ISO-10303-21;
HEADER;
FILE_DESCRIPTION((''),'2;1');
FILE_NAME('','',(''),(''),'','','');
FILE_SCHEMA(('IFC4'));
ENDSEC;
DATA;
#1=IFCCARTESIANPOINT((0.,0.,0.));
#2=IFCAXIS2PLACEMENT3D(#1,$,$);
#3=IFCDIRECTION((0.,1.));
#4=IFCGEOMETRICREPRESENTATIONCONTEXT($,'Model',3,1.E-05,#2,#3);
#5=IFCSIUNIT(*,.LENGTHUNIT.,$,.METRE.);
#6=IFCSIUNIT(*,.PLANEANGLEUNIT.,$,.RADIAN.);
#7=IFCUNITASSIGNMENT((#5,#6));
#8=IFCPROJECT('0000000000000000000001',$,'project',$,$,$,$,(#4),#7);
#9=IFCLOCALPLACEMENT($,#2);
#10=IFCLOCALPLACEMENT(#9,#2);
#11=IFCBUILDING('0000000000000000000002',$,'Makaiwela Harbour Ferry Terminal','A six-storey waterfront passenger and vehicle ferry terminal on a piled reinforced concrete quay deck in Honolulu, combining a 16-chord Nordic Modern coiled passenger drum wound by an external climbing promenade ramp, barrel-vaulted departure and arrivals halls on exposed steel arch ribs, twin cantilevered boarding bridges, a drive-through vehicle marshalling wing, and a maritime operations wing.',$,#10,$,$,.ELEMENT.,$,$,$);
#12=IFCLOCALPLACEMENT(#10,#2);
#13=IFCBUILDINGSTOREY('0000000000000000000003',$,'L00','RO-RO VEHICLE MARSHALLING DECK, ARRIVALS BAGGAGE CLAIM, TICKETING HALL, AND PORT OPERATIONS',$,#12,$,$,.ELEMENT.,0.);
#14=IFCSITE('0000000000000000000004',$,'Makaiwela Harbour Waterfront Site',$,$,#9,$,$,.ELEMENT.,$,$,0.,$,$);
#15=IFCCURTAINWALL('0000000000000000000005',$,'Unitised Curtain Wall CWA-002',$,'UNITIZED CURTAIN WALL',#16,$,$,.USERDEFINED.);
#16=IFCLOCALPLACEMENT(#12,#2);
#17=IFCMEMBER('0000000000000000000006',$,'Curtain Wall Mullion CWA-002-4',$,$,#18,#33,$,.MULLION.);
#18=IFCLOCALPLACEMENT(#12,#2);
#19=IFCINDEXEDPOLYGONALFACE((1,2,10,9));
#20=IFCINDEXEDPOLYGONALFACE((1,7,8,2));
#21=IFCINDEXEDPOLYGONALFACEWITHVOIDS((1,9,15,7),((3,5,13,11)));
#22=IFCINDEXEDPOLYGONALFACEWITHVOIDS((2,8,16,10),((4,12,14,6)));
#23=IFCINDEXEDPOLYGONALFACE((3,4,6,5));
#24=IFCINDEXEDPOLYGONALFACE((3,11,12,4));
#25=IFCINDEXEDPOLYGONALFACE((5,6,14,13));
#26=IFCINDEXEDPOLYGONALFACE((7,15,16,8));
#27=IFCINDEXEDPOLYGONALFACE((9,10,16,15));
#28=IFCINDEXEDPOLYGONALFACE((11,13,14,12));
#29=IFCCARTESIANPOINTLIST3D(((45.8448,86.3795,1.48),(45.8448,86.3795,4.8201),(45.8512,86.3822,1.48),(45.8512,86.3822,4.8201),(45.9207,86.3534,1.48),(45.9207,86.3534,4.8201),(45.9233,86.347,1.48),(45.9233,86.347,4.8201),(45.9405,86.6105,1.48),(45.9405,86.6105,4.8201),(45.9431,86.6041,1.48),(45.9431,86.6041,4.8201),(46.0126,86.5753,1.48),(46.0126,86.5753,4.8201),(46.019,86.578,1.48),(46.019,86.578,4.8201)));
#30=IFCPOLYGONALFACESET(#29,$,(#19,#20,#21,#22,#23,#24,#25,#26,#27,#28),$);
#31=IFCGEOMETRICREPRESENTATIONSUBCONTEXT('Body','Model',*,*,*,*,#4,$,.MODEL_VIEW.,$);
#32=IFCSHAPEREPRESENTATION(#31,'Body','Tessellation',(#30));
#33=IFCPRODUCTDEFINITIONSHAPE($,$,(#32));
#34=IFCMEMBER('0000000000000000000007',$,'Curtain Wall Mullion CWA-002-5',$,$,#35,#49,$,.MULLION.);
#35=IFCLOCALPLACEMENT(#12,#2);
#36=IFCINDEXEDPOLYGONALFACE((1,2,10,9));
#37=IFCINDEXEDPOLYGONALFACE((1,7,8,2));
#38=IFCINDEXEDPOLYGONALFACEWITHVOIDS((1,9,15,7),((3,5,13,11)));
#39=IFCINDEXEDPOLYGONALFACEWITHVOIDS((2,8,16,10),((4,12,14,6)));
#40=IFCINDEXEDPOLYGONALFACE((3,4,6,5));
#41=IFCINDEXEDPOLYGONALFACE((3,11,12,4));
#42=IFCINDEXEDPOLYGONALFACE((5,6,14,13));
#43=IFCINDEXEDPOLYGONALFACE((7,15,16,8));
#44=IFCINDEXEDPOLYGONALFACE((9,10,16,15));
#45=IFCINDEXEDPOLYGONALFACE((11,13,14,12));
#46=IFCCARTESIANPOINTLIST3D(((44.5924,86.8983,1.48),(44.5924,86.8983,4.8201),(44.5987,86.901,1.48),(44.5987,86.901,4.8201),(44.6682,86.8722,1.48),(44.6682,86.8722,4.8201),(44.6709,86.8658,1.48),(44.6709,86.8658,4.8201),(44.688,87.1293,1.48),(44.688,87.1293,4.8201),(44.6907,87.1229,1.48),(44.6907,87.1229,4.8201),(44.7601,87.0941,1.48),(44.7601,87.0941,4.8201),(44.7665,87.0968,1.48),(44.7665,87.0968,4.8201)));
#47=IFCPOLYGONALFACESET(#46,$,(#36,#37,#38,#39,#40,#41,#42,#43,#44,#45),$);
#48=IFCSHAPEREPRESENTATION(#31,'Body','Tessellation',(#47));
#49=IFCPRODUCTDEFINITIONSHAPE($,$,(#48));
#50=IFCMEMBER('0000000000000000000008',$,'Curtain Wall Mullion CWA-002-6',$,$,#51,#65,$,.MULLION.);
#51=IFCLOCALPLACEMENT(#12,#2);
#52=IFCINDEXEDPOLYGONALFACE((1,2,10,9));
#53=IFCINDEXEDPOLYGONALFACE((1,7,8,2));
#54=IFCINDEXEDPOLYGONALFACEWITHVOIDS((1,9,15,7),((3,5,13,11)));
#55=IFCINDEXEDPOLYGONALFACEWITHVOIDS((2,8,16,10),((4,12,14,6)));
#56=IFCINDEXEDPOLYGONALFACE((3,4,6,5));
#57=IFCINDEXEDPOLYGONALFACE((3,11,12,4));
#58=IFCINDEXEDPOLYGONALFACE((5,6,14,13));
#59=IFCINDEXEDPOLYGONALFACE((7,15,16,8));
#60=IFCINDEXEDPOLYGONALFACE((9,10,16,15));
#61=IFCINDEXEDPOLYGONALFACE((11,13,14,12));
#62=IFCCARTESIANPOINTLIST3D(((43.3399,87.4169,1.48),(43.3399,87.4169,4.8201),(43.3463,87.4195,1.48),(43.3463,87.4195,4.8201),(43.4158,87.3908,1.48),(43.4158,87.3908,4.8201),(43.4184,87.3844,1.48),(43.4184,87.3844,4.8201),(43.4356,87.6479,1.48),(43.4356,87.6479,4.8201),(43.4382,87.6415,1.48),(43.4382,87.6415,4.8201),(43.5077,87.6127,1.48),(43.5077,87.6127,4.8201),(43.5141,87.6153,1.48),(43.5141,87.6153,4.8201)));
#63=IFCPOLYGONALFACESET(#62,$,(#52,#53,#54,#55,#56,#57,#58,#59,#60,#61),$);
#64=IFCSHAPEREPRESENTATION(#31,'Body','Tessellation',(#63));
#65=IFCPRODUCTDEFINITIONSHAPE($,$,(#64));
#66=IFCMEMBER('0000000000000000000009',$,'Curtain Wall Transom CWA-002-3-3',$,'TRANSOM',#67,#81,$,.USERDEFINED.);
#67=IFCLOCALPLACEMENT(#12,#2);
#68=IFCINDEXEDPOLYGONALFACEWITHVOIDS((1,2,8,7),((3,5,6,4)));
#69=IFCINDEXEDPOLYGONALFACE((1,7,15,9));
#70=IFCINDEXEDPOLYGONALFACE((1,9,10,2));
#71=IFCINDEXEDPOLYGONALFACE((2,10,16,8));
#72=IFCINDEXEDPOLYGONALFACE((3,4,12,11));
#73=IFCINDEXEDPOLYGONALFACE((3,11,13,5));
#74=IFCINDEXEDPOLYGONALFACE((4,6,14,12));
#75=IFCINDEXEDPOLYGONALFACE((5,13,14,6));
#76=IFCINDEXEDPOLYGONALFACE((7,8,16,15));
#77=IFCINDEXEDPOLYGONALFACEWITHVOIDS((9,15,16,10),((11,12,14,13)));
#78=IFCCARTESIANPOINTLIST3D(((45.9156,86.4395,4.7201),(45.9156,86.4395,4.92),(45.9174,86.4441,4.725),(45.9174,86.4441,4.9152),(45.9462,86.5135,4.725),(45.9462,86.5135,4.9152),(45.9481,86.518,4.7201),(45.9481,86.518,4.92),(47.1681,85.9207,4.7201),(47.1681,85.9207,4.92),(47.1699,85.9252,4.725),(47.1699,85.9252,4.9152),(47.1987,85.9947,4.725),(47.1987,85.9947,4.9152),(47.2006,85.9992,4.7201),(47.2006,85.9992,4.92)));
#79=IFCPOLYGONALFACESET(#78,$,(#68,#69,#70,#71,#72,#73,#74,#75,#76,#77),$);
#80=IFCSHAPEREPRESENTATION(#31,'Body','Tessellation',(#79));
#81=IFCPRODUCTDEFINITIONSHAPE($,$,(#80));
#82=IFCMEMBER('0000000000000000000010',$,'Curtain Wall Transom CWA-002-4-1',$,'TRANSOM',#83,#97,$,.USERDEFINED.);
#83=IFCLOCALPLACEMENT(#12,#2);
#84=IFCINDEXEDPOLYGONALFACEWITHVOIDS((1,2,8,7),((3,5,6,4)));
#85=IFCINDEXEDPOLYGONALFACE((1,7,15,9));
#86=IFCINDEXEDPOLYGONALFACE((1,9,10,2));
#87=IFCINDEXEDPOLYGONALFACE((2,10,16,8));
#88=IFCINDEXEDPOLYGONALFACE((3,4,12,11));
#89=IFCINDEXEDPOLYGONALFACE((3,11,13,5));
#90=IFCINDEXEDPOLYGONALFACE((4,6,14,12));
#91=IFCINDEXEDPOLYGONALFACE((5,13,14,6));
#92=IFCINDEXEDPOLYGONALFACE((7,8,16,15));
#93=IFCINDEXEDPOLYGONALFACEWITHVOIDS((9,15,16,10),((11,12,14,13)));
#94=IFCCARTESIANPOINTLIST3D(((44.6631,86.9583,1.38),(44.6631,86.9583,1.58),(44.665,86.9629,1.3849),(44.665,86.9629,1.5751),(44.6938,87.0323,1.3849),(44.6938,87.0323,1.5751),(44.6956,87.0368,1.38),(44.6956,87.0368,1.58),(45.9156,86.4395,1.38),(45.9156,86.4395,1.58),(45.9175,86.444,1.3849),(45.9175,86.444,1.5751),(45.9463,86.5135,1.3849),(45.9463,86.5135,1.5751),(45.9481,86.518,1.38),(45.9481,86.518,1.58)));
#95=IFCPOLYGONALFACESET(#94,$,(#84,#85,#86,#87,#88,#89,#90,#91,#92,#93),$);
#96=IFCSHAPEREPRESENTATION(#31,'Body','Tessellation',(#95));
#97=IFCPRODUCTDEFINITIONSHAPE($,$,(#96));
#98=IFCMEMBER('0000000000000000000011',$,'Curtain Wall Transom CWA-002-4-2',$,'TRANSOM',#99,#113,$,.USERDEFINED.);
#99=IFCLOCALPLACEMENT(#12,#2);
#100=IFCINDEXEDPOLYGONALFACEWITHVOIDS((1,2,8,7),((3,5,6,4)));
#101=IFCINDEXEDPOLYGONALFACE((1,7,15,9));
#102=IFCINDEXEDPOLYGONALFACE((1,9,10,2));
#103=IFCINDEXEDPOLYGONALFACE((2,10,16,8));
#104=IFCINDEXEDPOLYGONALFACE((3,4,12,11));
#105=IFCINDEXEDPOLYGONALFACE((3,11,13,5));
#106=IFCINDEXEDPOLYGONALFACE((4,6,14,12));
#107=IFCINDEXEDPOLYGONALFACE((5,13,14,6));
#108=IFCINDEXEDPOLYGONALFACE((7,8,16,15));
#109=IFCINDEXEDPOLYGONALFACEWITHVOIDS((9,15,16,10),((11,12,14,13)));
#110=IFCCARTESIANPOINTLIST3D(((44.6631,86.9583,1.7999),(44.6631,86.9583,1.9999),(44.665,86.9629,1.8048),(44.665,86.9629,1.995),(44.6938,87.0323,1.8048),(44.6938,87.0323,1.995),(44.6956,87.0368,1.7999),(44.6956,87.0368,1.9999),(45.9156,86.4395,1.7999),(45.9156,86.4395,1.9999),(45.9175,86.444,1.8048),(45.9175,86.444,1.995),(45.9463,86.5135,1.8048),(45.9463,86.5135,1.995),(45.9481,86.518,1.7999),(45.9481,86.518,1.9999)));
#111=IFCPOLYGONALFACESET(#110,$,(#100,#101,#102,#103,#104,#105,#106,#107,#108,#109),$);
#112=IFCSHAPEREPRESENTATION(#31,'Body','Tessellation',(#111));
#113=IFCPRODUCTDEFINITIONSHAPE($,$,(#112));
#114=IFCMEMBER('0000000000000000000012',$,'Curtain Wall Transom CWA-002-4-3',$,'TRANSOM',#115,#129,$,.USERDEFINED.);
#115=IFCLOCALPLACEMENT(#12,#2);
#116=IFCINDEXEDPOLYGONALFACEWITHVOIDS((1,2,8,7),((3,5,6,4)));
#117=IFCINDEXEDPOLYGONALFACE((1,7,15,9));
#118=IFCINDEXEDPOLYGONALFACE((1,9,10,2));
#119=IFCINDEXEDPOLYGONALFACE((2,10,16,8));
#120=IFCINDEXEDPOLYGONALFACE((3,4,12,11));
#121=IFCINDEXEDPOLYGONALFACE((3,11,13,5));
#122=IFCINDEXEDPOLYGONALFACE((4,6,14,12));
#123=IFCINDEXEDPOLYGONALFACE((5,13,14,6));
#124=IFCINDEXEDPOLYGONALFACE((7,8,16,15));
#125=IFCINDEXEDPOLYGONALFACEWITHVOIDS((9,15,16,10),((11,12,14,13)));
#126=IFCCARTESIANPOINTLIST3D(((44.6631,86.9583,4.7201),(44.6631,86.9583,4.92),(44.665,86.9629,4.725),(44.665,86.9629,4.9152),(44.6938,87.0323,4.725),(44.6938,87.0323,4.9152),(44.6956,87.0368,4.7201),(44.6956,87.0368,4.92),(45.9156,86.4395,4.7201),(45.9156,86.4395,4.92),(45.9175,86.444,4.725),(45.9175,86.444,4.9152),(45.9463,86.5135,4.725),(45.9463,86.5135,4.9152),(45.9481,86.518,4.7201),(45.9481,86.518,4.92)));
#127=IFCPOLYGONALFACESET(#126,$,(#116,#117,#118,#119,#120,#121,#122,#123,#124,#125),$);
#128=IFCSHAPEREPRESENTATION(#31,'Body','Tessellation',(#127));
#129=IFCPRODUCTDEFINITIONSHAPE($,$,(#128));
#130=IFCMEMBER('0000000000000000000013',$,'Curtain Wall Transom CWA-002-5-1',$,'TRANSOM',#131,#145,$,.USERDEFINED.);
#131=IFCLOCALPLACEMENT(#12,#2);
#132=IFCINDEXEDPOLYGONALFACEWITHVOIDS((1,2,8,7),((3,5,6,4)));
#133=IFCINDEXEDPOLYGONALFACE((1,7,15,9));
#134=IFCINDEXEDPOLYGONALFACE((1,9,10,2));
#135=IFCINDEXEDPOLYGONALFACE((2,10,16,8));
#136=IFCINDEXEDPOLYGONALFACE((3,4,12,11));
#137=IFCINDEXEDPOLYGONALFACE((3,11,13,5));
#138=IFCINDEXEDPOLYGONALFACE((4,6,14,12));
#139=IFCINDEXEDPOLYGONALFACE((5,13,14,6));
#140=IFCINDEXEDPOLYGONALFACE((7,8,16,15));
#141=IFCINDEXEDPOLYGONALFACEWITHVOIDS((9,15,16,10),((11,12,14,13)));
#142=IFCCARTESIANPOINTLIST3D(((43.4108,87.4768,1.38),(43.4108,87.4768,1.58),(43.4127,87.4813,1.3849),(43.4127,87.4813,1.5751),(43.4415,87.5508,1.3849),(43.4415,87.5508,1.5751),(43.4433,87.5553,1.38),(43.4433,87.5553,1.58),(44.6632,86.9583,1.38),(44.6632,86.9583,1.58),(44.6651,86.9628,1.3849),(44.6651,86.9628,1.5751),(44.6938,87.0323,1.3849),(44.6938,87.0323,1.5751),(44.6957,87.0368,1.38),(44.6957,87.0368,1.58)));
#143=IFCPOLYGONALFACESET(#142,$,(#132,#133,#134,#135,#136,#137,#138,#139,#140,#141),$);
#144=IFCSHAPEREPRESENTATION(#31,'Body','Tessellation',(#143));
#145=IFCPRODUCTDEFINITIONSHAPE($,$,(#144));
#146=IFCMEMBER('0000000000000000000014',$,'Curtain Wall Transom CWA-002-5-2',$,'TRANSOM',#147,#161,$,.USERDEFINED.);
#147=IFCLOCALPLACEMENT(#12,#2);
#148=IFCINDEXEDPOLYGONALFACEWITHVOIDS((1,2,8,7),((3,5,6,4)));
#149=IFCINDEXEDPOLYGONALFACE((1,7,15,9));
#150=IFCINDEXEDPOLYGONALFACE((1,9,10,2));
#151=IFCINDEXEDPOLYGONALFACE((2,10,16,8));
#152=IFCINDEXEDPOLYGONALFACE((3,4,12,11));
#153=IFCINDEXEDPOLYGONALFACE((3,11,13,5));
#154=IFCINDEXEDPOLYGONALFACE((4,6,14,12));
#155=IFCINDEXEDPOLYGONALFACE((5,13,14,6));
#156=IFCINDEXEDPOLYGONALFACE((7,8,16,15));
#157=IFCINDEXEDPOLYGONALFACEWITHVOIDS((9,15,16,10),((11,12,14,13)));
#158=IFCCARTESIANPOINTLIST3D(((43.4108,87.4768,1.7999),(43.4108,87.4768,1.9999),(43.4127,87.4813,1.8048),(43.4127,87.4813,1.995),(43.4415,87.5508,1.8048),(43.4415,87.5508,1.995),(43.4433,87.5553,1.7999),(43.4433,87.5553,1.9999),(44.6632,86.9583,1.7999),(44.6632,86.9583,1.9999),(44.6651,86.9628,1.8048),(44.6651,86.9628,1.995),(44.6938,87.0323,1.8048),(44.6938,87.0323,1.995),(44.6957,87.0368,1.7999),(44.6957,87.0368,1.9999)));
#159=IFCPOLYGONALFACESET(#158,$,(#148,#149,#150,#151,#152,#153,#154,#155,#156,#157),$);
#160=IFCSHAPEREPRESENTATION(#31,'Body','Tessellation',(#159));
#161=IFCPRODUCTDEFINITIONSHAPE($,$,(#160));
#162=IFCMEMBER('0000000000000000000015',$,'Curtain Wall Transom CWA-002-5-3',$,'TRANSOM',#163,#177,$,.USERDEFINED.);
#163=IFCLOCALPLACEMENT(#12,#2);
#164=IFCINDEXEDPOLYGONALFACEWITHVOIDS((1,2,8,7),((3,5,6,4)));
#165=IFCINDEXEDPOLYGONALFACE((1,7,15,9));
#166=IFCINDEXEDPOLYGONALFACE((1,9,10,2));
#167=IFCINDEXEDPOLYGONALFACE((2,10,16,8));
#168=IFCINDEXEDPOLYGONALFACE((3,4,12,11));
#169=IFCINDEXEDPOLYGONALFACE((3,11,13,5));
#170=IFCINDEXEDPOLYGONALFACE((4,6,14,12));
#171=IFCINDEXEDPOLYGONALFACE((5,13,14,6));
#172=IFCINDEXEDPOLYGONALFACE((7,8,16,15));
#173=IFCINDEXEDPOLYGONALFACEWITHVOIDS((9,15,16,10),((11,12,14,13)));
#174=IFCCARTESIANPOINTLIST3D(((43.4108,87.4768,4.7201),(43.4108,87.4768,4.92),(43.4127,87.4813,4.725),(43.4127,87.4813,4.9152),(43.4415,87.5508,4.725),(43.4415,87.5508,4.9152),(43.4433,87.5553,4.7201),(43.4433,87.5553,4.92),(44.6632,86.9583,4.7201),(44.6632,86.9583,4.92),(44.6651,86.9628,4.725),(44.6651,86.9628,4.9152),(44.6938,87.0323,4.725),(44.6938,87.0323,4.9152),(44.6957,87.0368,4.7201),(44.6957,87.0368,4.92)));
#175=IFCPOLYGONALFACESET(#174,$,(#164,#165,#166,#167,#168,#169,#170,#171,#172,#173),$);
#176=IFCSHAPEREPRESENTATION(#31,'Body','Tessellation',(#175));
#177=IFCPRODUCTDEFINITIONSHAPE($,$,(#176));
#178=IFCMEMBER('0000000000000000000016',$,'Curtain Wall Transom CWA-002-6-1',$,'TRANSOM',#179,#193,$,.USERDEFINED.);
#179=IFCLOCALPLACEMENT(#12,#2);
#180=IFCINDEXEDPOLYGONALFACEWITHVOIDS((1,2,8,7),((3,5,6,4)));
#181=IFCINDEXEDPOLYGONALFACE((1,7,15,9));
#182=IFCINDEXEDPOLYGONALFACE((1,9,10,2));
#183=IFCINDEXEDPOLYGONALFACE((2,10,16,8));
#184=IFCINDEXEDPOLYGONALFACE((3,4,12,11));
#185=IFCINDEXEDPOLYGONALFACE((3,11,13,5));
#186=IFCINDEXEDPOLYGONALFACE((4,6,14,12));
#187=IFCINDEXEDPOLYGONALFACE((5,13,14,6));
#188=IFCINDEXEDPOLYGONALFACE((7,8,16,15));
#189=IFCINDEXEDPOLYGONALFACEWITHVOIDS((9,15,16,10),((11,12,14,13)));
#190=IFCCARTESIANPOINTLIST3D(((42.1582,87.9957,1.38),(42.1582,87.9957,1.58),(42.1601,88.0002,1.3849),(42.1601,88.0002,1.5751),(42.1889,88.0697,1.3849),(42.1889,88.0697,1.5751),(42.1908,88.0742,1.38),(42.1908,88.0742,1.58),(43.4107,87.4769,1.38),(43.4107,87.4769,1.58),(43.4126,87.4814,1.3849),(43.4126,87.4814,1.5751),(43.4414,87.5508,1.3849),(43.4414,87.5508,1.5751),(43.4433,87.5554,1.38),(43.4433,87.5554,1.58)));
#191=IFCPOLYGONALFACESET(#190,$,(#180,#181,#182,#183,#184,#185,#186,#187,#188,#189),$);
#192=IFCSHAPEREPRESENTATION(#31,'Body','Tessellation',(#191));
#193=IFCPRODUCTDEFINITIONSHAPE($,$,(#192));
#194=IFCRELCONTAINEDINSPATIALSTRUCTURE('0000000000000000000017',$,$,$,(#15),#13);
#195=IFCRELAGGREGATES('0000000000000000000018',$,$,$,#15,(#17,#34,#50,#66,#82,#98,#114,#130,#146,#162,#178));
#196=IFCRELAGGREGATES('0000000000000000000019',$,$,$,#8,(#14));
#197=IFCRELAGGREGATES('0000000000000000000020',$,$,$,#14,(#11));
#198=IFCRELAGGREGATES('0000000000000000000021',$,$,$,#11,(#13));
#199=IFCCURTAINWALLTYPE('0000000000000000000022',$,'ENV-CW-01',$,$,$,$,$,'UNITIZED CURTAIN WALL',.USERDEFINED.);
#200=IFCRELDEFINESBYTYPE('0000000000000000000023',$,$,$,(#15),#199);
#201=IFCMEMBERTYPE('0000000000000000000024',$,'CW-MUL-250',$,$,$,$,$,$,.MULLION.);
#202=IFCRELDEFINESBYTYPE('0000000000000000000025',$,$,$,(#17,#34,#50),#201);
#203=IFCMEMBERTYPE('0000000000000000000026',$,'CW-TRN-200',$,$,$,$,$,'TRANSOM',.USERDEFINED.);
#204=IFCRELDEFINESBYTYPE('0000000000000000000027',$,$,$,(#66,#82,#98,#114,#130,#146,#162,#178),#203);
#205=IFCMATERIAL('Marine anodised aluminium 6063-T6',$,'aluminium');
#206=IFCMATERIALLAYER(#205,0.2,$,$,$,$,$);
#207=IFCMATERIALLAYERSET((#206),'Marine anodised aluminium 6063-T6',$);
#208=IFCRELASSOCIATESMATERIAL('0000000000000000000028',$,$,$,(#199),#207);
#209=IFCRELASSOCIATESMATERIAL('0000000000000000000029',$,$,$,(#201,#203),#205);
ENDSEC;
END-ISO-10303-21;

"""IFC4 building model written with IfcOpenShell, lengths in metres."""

from ifc_helpers import new_model, si_unit, direction, frame, origin, origin_2d, place, context, subcontext, project, spatial, hollow_rectangle, extrude, material, layer, layer_set, material_profile, profile_set, type_object, element, aggregate, save


model = new_model("IFC4")

# Units and contexts
model_context = context("Model", 3, precision=1e-05, world=origin(), true_north=direction((0.0, 1.0)))
body_context = subcontext(model_context, "Body", "Model", "MODEL_VIEW")
ifc_project = project(units=[si_unit("LENGTHUNIT", "METRE"), si_unit("PLANEANGLEUNIT", "RADIAN")], contexts=[model_context])

# Site, building, storey
site_placement = place(None, origin())
site = spatial("IfcSite", under=ifc_project, at=site_placement, Name="Makaiwela Harbour Waterfront Site", CompositionType="ELEMENT", RefElevation=0.0)
building_placement = place(site_placement, origin())
building = spatial("IfcBuilding", under=site, at=building_placement, Name="Makaiwela Harbour Ferry Terminal", Description="A six-storey waterfront passenger and vehicle ferry terminal on a piled reinforced concrete quay deck in Honolulu, combining a 16-chord Nordic Modern coiled passenger drum wound by an external climbing promenade ramp, barrel-vaulted departure and arrivals halls on exposed steel arch ribs, twin cantilevered boarding bridges, a drive-through vehicle marshalling wing, and a maritime operations wing.", CompositionType="ELEMENT")
storey_placement = place(building_placement, origin())
storey = spatial("IfcBuildingStorey", under=building, at=storey_placement, Name="L00", Description="RO-RO VEHICLE MARSHALLING DECK, ARRIVALS BAGGAGE CLAIM, TICKETING HALL, AND PORT OPERATIONS", CompositionType="ELEMENT", Elevation=0.0)

# Curtain wall, members
ifc_material_1 = material(Name="Marine anodised aluminium 6063-T6", Category="aluminium")
ifc_layer_1 = layer(ifc_material_1, 0.2)
ifc_layer_set_1 = layer_set([ifc_layer_1], Name="Marine anodised aluminium 6063-T6")
curtain_wall_type = type_object("IfcCurtainWallType", Name="ENV-CW-01", ElementType="UNITIZED CURTAIN WALL", PredefinedType="USERDEFINED", material=ifc_layer_set_1)
curtain_wall_placement = place(storey_placement, origin())
curtain_wall = element("IfcCurtainWall", 1, at=curtain_wall_placement, inside=storey, type_object=curtain_wall_type, Name="Unitised Curtain Wall CWA-002", ObjectType="UNITIZED CURTAIN WALL", PredefinedType="USERDEFINED")
ifc_material_profile_1 = material_profile(ifc_material_1, hollow_rectangle(XDim=0.085, YDim=0.25, WallThickness=0.0049, at=origin_2d()), Name="CWM-250X85")
ifc_profile_set_1 = profile_set([ifc_material_profile_1], Name="Marine anodised aluminium 6063-T6")
member_type_1 = type_object("IfcMemberType", Name="CW-MUL-250", PredefinedType="MULLION", material=ifc_profile_set_1)
member_1_placement = place(storey_placement, frame((45.9319, 86.4788, 1.48), z_axis=(0.0, 0.0, 1.0), x_axis=(-0.92388, 0.382683, 0.0)))
member_1 = element("IfcMember", 2, at=member_1_placement, type_object=member_type_1, Name="Curtain Wall Mullion CWA-002-4", PredefinedType="MULLION", context=body_context, shape_type="SweptSolid", body=[
    extrude(hollow_rectangle(XDim=0.085, YDim=0.25, WallThickness=0.0049, at=origin_2d()), origin(), (0.0, 0.0, 1.0), 3.3401),
])
member_2_placement = place(storey_placement, frame((44.6794, 86.9976, 1.48), z_axis=(0.0, 0.0, 1.0), x_axis=(-0.92388, 0.382683, 0.0)))
member_2 = element("IfcMember", 3, at=member_2_placement, type_object=member_type_1, Name="Curtain Wall Mullion CWA-002-5", PredefinedType="MULLION", context=body_context, shape_type="SweptSolid", body=[
    extrude(hollow_rectangle(XDim=0.085, YDim=0.25, WallThickness=0.0049, at=origin_2d()), origin(), (0.0, 0.0, 1.0), 3.3401),
])
member_3_placement = place(storey_placement, frame((43.427, 87.5161, 1.48), z_axis=(0.0, 0.0, 1.0), x_axis=(-0.92388, 0.382683, 0.0)))
member_3 = element("IfcMember", 4, at=member_3_placement, type_object=member_type_1, Name="Curtain Wall Mullion CWA-002-6", PredefinedType="MULLION", context=body_context, shape_type="SweptSolid", body=[
    extrude(hollow_rectangle(XDim=0.085, YDim=0.25, WallThickness=0.0049, at=origin_2d()), origin(), (0.0, 0.0, 1.0), 3.3401),
])
ifc_material_profile_2 = material_profile(ifc_material_1, hollow_rectangle(XDim=0.085, YDim=0.2, WallThickness=0.0049, at=origin_2d()), Name="CWT-200X85")
ifc_profile_set_2 = profile_set([ifc_material_profile_2], Name="Marine anodised aluminium 6063-T6")
member_type_2 = type_object("IfcMemberType", Name="CW-TRN-200", ElementType="TRANSOM", PredefinedType="USERDEFINED", material=ifc_profile_set_2)
member_4_placement = place(storey_placement, frame((47.1843, 85.96, 4.8201), z_axis=(-0.923874, 0.382696, 0.0), x_axis=(-0.382696, -0.923874, 0.0)))
member_4 = element("IfcMember", 5, at=member_4_placement, type_object=member_type_2, Name="Curtain Wall Transom CWA-002-3-3", ObjectType="TRANSOM", PredefinedType="USERDEFINED", context=body_context, shape_type="SweptSolid", body=[
    extrude(hollow_rectangle(XDim=0.085, YDim=0.2, WallThickness=0.0049, at=origin_2d()), origin(), (0.0, 0.0, 1.0), 1.3557),
])
member_5_placement = place(storey_placement, frame((45.9319, 86.4788, 1.48), z_axis=(-0.923874, 0.382696, 0.0), x_axis=(-0.382696, -0.923874, 0.0)))
member_5 = element("IfcMember", 6, at=member_5_placement, type_object=member_type_2, Name="Curtain Wall Transom CWA-002-4-1", ObjectType="TRANSOM", PredefinedType="USERDEFINED", context=body_context, shape_type="SweptSolid", body=[
    extrude(hollow_rectangle(XDim=0.085, YDim=0.2, WallThickness=0.0049, at=origin_2d()), origin(), (0.0, 0.0, 1.0), 1.3557),
])
member_6_placement = place(storey_placement, frame((45.9319, 86.4788, 1.8999), z_axis=(-0.923874, 0.382696, 0.0), x_axis=(-0.382696, -0.923874, 0.0)))
member_6 = element("IfcMember", 7, at=member_6_placement, type_object=member_type_2, Name="Curtain Wall Transom CWA-002-4-2", ObjectType="TRANSOM", PredefinedType="USERDEFINED", context=body_context, shape_type="SweptSolid", body=[
    extrude(hollow_rectangle(XDim=0.085, YDim=0.2, WallThickness=0.0049, at=origin_2d()), origin(), (0.0, 0.0, 1.0), 1.3557),
])
member_7_placement = place(storey_placement, frame((45.9319, 86.4788, 4.8201), z_axis=(-0.923874, 0.382696, 0.0), x_axis=(-0.382696, -0.923874, 0.0)))
member_7 = element("IfcMember", 8, at=member_7_placement, type_object=member_type_2, Name="Curtain Wall Transom CWA-002-4-3", ObjectType="TRANSOM", PredefinedType="USERDEFINED", context=body_context, shape_type="SweptSolid", body=[
    extrude(hollow_rectangle(XDim=0.085, YDim=0.2, WallThickness=0.0049, at=origin_2d()), origin(), (0.0, 0.0, 1.0), 1.3557),
])
member_8_placement = place(storey_placement, frame((44.6794, 86.9976, 1.48), z_axis=(-0.923938, 0.382543, 0.0), x_axis=(-0.382543, -0.923938, 0.0)))
member_8 = element("IfcMember", 9, at=member_8_placement, type_object=member_type_2, Name="Curtain Wall Transom CWA-002-5-1", ObjectType="TRANSOM", PredefinedType="USERDEFINED", context=body_context, shape_type="SweptSolid", body=[
    extrude(hollow_rectangle(XDim=0.085, YDim=0.2, WallThickness=0.0049, at=origin_2d()), origin(), (0.0, 0.0, 1.0), 1.3555),
])
member_9_placement = place(storey_placement, frame((44.6794, 86.9976, 1.8999), z_axis=(-0.923938, 0.382543, 0.0), x_axis=(-0.382543, -0.923938, 0.0)))
member_9 = element("IfcMember", 10, at=member_9_placement, type_object=member_type_2, Name="Curtain Wall Transom CWA-002-5-2", ObjectType="TRANSOM", PredefinedType="USERDEFINED", context=body_context, shape_type="SweptSolid", body=[
    extrude(hollow_rectangle(XDim=0.085, YDim=0.2, WallThickness=0.0049, at=origin_2d()), origin(), (0.0, 0.0, 1.0), 1.3555),
])
member_10_placement = place(storey_placement, frame((44.6794, 86.9976, 4.8201), z_axis=(-0.923938, 0.382543, 0.0), x_axis=(-0.382543, -0.923938, 0.0)))
member_10 = element("IfcMember", 11, at=member_10_placement, type_object=member_type_2, Name="Curtain Wall Transom CWA-002-5-3", ObjectType="TRANSOM", PredefinedType="USERDEFINED", context=body_context, shape_type="SweptSolid", body=[
    extrude(hollow_rectangle(XDim=0.085, YDim=0.2, WallThickness=0.0049, at=origin_2d()), origin(), (0.0, 0.0, 1.0), 1.3555),
])
member_11_placement = place(storey_placement, frame((43.427, 87.5161, 1.48), z_axis=(-0.923874, 0.382696, 0.0), x_axis=(-0.382696, -0.923874, 0.0)))
member_11 = element("IfcMember", 12, at=member_11_placement, type_object=member_type_2, Name="Curtain Wall Transom CWA-002-6-1", ObjectType="TRANSOM", PredefinedType="USERDEFINED", context=body_context, shape_type="SweptSolid", body=[
    extrude(hollow_rectangle(XDim=0.085, YDim=0.2, WallThickness=0.0049, at=origin_2d()), origin(), (0.0, 0.0, 1.0), 1.3557),
])

aggregate(curtain_wall, [member_1, member_2, member_3, member_4, member_5, member_6, member_7, member_8, member_9, member_10, member_11])

save(model, "model.ifc")
